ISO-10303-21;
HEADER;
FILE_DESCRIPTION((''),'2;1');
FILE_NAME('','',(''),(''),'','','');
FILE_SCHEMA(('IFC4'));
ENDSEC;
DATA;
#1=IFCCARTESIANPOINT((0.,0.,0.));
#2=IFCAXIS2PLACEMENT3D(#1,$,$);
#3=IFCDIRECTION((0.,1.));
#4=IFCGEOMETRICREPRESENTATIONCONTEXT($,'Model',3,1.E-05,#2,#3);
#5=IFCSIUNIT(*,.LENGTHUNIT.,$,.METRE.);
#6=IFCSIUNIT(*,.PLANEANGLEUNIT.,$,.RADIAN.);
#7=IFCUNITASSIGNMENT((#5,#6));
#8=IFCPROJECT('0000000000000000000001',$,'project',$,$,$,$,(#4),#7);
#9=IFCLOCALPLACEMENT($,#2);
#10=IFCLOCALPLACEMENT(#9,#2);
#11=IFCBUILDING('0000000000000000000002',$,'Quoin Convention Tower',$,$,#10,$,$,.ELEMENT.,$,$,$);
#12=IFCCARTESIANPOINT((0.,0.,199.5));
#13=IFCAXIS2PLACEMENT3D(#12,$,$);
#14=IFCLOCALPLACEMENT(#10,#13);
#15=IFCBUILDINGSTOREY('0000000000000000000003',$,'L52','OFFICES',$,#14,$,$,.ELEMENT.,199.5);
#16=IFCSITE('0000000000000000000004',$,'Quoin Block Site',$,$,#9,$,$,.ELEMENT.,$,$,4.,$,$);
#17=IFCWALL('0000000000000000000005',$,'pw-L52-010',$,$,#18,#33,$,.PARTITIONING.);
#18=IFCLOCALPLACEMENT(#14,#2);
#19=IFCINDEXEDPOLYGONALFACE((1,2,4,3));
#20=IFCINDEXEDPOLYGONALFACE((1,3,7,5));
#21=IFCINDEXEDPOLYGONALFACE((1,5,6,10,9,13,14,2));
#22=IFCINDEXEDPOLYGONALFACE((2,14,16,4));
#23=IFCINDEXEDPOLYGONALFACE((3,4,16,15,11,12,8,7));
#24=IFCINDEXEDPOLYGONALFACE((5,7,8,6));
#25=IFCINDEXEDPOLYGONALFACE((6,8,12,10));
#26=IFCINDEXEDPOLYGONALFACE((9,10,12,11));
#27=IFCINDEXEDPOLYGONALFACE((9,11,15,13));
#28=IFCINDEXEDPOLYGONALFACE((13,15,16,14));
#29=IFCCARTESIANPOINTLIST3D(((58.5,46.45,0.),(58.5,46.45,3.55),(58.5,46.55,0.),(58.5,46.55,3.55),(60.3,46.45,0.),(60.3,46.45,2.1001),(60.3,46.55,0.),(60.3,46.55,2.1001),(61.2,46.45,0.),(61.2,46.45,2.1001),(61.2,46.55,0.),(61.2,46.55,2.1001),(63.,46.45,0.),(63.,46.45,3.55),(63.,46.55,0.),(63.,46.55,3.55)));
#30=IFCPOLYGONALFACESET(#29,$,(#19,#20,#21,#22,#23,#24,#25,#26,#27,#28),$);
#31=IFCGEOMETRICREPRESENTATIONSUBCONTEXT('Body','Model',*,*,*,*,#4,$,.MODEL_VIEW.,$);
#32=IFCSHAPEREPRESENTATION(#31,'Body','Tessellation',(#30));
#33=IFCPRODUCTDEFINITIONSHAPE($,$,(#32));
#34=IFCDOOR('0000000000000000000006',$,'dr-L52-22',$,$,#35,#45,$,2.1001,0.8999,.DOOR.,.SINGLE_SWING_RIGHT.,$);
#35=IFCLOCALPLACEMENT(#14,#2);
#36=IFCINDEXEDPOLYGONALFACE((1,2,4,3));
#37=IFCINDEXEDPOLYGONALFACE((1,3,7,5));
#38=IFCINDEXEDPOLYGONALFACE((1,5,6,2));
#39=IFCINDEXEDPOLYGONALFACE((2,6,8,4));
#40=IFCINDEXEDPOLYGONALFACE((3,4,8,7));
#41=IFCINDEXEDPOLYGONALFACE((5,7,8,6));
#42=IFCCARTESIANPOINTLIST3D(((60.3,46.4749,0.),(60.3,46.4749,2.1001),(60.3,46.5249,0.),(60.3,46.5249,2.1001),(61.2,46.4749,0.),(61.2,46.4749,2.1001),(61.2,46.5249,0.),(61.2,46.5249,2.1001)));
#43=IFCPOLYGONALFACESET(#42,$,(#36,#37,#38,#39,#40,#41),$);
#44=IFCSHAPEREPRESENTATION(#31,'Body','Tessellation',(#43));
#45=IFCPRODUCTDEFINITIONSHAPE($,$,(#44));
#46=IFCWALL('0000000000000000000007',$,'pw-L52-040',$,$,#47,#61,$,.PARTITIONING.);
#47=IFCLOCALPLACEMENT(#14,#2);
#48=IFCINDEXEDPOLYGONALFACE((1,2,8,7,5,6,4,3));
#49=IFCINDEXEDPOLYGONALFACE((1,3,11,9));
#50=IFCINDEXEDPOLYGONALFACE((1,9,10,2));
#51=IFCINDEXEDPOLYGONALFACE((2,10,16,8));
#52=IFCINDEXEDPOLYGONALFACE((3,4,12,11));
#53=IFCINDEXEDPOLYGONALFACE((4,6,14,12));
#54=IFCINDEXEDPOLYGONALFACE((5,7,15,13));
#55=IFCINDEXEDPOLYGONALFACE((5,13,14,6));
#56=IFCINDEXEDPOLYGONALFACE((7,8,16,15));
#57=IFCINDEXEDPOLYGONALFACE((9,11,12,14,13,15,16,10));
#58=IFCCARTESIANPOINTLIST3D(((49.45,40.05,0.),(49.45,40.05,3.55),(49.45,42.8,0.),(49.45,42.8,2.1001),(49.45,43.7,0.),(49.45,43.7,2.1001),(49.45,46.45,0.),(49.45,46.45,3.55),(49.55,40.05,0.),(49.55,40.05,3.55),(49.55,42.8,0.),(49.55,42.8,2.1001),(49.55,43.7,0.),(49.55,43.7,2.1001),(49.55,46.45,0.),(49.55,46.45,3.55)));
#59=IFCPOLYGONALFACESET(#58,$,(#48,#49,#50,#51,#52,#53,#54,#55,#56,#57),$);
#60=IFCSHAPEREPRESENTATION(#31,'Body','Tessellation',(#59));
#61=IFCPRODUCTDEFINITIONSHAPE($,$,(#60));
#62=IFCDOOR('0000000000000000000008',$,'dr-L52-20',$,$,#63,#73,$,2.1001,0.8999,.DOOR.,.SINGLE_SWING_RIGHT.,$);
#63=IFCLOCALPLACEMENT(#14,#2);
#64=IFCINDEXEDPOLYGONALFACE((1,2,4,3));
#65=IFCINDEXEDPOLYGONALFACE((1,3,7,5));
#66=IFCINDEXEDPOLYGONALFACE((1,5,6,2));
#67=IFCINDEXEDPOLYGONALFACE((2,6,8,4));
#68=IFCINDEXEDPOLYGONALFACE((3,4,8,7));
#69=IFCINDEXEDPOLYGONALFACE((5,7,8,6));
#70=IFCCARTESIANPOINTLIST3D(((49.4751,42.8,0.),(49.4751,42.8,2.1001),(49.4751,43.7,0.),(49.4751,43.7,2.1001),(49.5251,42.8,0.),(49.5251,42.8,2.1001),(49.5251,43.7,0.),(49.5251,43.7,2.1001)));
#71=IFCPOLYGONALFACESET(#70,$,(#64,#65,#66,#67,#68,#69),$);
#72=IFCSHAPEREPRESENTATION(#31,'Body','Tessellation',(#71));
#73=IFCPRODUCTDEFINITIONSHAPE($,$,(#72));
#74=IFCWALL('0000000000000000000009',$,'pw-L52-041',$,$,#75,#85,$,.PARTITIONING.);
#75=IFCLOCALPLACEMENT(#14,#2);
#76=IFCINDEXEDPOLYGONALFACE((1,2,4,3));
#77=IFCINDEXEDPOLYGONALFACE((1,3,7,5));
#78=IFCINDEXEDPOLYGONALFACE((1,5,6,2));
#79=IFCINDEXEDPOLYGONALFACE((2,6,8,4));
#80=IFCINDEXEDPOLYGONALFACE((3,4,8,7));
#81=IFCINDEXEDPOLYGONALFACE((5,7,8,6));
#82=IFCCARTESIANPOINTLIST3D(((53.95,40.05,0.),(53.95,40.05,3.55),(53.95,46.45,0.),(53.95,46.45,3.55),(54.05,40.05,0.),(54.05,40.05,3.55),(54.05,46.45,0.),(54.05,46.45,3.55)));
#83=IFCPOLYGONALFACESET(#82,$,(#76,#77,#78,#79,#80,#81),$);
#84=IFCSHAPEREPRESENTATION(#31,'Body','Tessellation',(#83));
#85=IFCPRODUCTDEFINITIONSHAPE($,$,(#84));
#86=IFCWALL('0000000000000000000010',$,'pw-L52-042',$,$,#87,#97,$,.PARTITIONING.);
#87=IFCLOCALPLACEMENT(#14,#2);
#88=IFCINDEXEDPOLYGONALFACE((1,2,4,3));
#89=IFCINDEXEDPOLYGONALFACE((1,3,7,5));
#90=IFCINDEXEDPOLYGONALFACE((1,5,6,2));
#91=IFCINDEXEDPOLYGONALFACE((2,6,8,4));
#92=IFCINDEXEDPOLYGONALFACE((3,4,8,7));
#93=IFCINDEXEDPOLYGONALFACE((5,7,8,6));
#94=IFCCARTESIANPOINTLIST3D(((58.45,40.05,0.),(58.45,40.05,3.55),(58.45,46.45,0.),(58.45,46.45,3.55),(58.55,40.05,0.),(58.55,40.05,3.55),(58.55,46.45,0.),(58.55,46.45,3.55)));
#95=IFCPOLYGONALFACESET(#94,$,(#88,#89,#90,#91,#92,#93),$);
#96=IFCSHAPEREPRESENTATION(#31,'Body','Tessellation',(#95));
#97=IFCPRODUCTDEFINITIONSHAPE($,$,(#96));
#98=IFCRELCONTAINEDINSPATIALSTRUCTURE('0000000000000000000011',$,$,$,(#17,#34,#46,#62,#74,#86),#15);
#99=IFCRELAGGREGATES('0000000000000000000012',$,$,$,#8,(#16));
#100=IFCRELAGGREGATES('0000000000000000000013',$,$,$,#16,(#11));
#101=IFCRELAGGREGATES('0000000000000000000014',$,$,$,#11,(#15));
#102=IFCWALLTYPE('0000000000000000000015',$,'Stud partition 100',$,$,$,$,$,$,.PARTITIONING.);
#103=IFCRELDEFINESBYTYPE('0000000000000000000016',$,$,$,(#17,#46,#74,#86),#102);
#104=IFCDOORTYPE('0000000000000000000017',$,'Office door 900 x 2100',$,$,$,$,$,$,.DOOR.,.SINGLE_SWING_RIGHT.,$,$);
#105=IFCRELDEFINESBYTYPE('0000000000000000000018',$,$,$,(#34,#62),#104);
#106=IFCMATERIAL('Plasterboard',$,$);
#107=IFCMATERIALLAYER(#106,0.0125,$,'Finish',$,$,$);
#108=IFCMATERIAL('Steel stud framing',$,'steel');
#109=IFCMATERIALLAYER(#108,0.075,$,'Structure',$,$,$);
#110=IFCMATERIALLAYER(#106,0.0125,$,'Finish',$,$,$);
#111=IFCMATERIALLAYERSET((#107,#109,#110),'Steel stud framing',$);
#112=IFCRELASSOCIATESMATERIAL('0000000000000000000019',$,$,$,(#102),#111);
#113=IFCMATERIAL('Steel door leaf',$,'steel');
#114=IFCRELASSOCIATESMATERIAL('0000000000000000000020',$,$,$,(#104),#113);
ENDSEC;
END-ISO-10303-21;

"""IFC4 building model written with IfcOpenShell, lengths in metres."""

from ifc_helpers import new_model, si_unit, direction, frame, frame_2d, origin, place, context, subcontext, project, spatial, rectangle, extrude, material, layer, layer_set, type_object, element, fill, save


model = new_model("IFC4")

# Units and contexts
model_context = context("Model", 3, precision=1e-05, world=origin(), true_north=direction((0.0, 1.0)))
body_context = subcontext(model_context, "Body", "Model", "MODEL_VIEW")
ifc_project = project(units=[si_unit("LENGTHUNIT", "METRE"), si_unit("PLANEANGLEUNIT", "RADIAN")], contexts=[model_context])

# Site, building, storey
site_placement = place(None, origin())
site = spatial("IfcSite", under=ifc_project, at=site_placement, Name="Quoin Block Site", CompositionType="ELEMENT", RefElevation=4.0)
building_placement = place(site_placement, origin())
building = spatial("IfcBuilding", under=site, at=building_placement, Name="Quoin Convention Tower", CompositionType="ELEMENT")
storey_placement = place(building_placement, frame((0.0, 0.0, 199.5)))
storey = spatial("IfcBuildingStorey", under=building, at=storey_placement, Name="L52", Description="OFFICES", CompositionType="ELEMENT", Elevation=199.5)

# Shared definitions
ifc_material_1 = material(Name="Plasterboard")
ifc_material_2 = material(Name="Steel stud framing", Category="steel")
ifc_layer_1 = layer(ifc_material_1, 0.0125, Name="Finish")
ifc_layer_2 = layer(ifc_material_2, 0.075, Name="Structure")
ifc_layer_3 = layer(ifc_material_1, 0.0125, Name="Finish")
ifc_layer_set_1 = layer_set([ifc_layer_1, ifc_layer_2, ifc_layer_3], Name="Steel stud framing")
wall_type_1 = type_object("IfcWallType", Name="Stud partition 100", PredefinedType="PARTITIONING", material=ifc_layer_set_1)

# Walls, openings, doors
ifc_material_3 = material(Name="Steel door leaf", Category="steel")
door_type = type_object("IfcDoorType", Name="Office door 900 x 2100", OperationType="SINGLE_SWING_RIGHT", PredefinedType="DOOR", material=ifc_material_3)
wall_1_placement = place(storey_placement, frame((58.5, 46.5, 0.0), z_axis=(0.0, 0.0, 1.0), x_axis=(1.0, 0.0, 0.0)))
wall_1 = element("IfcWall", 1, at=wall_1_placement, inside=storey, type_object=wall_type_1, Name="pw-L52-010", PredefinedType="PARTITIONING", context=body_context, shape_type="SweptSolid", body=[
    extrude(rectangle(XDim=4.5, YDim=0.1001, at=frame_2d((2.25, 0.0))), origin(), (0.0, 0.0, 1.0), 3.55),
])
opening_1_placement = place(wall_1_placement, frame((1.8, 0.0, 0.0)))
opening_1 = element("IfcOpeningElement", 2, at=opening_1_placement, cuts=wall_1, PredefinedType="OPENING", context=body_context, shape_type="SweptSolid", body=[
    extrude(rectangle(XDim=0.8999, YDim=2.1001, at=frame_2d((0.45, 1.05))), frame((0.0, 0.0601, 0.0), z_axis=(0.0, -1.0, 0.0), x_axis=(1.0, 0.0, 0.0)), (0.0, 0.0, 1.0), 0.1201),
])
door_1_placement = place(opening_1_placement, origin())
door_1 = element("IfcDoor", 3, at=door_1_placement, inside=storey, type_object=door_type, Name="dr-L52-22", OperationType="SINGLE_SWING_RIGHT", OverallHeight=2.1001, OverallWidth=0.8999, PredefinedType="DOOR", context=body_context, shape_type="SweptSolid", body=[
    extrude(rectangle(XDim=0.8999, YDim=2.1001, at=frame_2d((0.45, 1.05))), frame((0.0, 0.0249, 0.0), z_axis=(0.0, -1.0, 0.0), x_axis=(1.0, 0.0, 0.0)), (0.0, 0.0, 1.0), 0.05),
])
fill(opening_1, door_1)
wall_2_placement = place(storey_placement, frame((49.5, 40.05, 0.0), z_axis=(0.0, 0.0, 1.0), x_axis=(0.0, 1.0, 0.0)))
wall_2 = element("IfcWall", 4, at=wall_2_placement, inside=storey, type_object=wall_type_1, Name="pw-L52-040", PredefinedType="PARTITIONING", context=body_context, shape_type="SweptSolid", body=[
    extrude(rectangle(XDim=6.3999, YDim=0.1001, at=frame_2d((3.2, 0.0))), origin(), (0.0, 0.0, 1.0), 3.55),
])
opening_2_placement = place(wall_2_placement, frame((2.75, 0.0, 0.0)))
opening_2 = element("IfcOpeningElement", 5, at=opening_2_placement, cuts=wall_2, PredefinedType="OPENING", context=body_context, shape_type="SweptSolid", body=[
    extrude(rectangle(XDim=0.8999, YDim=2.1001, at=frame_2d((0.45, 1.05))), frame((0.0, 0.0601, 0.0), z_axis=(0.0, -1.0, 0.0), x_axis=(1.0, 0.0, 0.0)), (0.0, 0.0, 1.0), 0.1201),
])
door_2_placement = place(opening_2_placement, origin())
door_2 = element("IfcDoor", 6, at=door_2_placement, inside=storey, type_object=door_type, Name="dr-L52-20", OperationType="SINGLE_SWING_RIGHT", OverallHeight=2.1001, OverallWidth=0.8999, PredefinedType="DOOR", context=body_context, shape_type="SweptSolid", body=[
    extrude(rectangle(XDim=0.8999, YDim=2.1001, at=frame_2d((0.45, 1.05))), frame((0.0, 0.0249, 0.0), z_axis=(0.0, -1.0, 0.0), x_axis=(1.0, 0.0, 0.0)), (0.0, 0.0, 1.0), 0.05),
])
fill(opening_2, door_2)

# Walls
for number, where, z_axis, x_axis, name in (
    (7, (54.0, 40.05, 0.0), (0.0, 0.0, 1.0), (0.0, 1.0, 0.0), "pw-L52-041"),
    (8, (58.5, 40.05, 0.0), (0.0, 0.0, 1.0), (0.0, 1.0, 0.0), "pw-L52-042"),
):
    element("IfcWall", number, at=place(storey_placement, frame(where, z_axis=z_axis, x_axis=x_axis)), inside=storey, type_object=wall_type_1, Name=name, PredefinedType="PARTITIONING", context=body_context, shape_type="SweptSolid", body=[
        extrude(rectangle(XDim=6.3999, YDim=0.1001, at=frame_2d((3.2, 0.0))), origin(), (0.0, 0.0, 1.0), 3.55),
    ])

save(model, "model.ifc")
